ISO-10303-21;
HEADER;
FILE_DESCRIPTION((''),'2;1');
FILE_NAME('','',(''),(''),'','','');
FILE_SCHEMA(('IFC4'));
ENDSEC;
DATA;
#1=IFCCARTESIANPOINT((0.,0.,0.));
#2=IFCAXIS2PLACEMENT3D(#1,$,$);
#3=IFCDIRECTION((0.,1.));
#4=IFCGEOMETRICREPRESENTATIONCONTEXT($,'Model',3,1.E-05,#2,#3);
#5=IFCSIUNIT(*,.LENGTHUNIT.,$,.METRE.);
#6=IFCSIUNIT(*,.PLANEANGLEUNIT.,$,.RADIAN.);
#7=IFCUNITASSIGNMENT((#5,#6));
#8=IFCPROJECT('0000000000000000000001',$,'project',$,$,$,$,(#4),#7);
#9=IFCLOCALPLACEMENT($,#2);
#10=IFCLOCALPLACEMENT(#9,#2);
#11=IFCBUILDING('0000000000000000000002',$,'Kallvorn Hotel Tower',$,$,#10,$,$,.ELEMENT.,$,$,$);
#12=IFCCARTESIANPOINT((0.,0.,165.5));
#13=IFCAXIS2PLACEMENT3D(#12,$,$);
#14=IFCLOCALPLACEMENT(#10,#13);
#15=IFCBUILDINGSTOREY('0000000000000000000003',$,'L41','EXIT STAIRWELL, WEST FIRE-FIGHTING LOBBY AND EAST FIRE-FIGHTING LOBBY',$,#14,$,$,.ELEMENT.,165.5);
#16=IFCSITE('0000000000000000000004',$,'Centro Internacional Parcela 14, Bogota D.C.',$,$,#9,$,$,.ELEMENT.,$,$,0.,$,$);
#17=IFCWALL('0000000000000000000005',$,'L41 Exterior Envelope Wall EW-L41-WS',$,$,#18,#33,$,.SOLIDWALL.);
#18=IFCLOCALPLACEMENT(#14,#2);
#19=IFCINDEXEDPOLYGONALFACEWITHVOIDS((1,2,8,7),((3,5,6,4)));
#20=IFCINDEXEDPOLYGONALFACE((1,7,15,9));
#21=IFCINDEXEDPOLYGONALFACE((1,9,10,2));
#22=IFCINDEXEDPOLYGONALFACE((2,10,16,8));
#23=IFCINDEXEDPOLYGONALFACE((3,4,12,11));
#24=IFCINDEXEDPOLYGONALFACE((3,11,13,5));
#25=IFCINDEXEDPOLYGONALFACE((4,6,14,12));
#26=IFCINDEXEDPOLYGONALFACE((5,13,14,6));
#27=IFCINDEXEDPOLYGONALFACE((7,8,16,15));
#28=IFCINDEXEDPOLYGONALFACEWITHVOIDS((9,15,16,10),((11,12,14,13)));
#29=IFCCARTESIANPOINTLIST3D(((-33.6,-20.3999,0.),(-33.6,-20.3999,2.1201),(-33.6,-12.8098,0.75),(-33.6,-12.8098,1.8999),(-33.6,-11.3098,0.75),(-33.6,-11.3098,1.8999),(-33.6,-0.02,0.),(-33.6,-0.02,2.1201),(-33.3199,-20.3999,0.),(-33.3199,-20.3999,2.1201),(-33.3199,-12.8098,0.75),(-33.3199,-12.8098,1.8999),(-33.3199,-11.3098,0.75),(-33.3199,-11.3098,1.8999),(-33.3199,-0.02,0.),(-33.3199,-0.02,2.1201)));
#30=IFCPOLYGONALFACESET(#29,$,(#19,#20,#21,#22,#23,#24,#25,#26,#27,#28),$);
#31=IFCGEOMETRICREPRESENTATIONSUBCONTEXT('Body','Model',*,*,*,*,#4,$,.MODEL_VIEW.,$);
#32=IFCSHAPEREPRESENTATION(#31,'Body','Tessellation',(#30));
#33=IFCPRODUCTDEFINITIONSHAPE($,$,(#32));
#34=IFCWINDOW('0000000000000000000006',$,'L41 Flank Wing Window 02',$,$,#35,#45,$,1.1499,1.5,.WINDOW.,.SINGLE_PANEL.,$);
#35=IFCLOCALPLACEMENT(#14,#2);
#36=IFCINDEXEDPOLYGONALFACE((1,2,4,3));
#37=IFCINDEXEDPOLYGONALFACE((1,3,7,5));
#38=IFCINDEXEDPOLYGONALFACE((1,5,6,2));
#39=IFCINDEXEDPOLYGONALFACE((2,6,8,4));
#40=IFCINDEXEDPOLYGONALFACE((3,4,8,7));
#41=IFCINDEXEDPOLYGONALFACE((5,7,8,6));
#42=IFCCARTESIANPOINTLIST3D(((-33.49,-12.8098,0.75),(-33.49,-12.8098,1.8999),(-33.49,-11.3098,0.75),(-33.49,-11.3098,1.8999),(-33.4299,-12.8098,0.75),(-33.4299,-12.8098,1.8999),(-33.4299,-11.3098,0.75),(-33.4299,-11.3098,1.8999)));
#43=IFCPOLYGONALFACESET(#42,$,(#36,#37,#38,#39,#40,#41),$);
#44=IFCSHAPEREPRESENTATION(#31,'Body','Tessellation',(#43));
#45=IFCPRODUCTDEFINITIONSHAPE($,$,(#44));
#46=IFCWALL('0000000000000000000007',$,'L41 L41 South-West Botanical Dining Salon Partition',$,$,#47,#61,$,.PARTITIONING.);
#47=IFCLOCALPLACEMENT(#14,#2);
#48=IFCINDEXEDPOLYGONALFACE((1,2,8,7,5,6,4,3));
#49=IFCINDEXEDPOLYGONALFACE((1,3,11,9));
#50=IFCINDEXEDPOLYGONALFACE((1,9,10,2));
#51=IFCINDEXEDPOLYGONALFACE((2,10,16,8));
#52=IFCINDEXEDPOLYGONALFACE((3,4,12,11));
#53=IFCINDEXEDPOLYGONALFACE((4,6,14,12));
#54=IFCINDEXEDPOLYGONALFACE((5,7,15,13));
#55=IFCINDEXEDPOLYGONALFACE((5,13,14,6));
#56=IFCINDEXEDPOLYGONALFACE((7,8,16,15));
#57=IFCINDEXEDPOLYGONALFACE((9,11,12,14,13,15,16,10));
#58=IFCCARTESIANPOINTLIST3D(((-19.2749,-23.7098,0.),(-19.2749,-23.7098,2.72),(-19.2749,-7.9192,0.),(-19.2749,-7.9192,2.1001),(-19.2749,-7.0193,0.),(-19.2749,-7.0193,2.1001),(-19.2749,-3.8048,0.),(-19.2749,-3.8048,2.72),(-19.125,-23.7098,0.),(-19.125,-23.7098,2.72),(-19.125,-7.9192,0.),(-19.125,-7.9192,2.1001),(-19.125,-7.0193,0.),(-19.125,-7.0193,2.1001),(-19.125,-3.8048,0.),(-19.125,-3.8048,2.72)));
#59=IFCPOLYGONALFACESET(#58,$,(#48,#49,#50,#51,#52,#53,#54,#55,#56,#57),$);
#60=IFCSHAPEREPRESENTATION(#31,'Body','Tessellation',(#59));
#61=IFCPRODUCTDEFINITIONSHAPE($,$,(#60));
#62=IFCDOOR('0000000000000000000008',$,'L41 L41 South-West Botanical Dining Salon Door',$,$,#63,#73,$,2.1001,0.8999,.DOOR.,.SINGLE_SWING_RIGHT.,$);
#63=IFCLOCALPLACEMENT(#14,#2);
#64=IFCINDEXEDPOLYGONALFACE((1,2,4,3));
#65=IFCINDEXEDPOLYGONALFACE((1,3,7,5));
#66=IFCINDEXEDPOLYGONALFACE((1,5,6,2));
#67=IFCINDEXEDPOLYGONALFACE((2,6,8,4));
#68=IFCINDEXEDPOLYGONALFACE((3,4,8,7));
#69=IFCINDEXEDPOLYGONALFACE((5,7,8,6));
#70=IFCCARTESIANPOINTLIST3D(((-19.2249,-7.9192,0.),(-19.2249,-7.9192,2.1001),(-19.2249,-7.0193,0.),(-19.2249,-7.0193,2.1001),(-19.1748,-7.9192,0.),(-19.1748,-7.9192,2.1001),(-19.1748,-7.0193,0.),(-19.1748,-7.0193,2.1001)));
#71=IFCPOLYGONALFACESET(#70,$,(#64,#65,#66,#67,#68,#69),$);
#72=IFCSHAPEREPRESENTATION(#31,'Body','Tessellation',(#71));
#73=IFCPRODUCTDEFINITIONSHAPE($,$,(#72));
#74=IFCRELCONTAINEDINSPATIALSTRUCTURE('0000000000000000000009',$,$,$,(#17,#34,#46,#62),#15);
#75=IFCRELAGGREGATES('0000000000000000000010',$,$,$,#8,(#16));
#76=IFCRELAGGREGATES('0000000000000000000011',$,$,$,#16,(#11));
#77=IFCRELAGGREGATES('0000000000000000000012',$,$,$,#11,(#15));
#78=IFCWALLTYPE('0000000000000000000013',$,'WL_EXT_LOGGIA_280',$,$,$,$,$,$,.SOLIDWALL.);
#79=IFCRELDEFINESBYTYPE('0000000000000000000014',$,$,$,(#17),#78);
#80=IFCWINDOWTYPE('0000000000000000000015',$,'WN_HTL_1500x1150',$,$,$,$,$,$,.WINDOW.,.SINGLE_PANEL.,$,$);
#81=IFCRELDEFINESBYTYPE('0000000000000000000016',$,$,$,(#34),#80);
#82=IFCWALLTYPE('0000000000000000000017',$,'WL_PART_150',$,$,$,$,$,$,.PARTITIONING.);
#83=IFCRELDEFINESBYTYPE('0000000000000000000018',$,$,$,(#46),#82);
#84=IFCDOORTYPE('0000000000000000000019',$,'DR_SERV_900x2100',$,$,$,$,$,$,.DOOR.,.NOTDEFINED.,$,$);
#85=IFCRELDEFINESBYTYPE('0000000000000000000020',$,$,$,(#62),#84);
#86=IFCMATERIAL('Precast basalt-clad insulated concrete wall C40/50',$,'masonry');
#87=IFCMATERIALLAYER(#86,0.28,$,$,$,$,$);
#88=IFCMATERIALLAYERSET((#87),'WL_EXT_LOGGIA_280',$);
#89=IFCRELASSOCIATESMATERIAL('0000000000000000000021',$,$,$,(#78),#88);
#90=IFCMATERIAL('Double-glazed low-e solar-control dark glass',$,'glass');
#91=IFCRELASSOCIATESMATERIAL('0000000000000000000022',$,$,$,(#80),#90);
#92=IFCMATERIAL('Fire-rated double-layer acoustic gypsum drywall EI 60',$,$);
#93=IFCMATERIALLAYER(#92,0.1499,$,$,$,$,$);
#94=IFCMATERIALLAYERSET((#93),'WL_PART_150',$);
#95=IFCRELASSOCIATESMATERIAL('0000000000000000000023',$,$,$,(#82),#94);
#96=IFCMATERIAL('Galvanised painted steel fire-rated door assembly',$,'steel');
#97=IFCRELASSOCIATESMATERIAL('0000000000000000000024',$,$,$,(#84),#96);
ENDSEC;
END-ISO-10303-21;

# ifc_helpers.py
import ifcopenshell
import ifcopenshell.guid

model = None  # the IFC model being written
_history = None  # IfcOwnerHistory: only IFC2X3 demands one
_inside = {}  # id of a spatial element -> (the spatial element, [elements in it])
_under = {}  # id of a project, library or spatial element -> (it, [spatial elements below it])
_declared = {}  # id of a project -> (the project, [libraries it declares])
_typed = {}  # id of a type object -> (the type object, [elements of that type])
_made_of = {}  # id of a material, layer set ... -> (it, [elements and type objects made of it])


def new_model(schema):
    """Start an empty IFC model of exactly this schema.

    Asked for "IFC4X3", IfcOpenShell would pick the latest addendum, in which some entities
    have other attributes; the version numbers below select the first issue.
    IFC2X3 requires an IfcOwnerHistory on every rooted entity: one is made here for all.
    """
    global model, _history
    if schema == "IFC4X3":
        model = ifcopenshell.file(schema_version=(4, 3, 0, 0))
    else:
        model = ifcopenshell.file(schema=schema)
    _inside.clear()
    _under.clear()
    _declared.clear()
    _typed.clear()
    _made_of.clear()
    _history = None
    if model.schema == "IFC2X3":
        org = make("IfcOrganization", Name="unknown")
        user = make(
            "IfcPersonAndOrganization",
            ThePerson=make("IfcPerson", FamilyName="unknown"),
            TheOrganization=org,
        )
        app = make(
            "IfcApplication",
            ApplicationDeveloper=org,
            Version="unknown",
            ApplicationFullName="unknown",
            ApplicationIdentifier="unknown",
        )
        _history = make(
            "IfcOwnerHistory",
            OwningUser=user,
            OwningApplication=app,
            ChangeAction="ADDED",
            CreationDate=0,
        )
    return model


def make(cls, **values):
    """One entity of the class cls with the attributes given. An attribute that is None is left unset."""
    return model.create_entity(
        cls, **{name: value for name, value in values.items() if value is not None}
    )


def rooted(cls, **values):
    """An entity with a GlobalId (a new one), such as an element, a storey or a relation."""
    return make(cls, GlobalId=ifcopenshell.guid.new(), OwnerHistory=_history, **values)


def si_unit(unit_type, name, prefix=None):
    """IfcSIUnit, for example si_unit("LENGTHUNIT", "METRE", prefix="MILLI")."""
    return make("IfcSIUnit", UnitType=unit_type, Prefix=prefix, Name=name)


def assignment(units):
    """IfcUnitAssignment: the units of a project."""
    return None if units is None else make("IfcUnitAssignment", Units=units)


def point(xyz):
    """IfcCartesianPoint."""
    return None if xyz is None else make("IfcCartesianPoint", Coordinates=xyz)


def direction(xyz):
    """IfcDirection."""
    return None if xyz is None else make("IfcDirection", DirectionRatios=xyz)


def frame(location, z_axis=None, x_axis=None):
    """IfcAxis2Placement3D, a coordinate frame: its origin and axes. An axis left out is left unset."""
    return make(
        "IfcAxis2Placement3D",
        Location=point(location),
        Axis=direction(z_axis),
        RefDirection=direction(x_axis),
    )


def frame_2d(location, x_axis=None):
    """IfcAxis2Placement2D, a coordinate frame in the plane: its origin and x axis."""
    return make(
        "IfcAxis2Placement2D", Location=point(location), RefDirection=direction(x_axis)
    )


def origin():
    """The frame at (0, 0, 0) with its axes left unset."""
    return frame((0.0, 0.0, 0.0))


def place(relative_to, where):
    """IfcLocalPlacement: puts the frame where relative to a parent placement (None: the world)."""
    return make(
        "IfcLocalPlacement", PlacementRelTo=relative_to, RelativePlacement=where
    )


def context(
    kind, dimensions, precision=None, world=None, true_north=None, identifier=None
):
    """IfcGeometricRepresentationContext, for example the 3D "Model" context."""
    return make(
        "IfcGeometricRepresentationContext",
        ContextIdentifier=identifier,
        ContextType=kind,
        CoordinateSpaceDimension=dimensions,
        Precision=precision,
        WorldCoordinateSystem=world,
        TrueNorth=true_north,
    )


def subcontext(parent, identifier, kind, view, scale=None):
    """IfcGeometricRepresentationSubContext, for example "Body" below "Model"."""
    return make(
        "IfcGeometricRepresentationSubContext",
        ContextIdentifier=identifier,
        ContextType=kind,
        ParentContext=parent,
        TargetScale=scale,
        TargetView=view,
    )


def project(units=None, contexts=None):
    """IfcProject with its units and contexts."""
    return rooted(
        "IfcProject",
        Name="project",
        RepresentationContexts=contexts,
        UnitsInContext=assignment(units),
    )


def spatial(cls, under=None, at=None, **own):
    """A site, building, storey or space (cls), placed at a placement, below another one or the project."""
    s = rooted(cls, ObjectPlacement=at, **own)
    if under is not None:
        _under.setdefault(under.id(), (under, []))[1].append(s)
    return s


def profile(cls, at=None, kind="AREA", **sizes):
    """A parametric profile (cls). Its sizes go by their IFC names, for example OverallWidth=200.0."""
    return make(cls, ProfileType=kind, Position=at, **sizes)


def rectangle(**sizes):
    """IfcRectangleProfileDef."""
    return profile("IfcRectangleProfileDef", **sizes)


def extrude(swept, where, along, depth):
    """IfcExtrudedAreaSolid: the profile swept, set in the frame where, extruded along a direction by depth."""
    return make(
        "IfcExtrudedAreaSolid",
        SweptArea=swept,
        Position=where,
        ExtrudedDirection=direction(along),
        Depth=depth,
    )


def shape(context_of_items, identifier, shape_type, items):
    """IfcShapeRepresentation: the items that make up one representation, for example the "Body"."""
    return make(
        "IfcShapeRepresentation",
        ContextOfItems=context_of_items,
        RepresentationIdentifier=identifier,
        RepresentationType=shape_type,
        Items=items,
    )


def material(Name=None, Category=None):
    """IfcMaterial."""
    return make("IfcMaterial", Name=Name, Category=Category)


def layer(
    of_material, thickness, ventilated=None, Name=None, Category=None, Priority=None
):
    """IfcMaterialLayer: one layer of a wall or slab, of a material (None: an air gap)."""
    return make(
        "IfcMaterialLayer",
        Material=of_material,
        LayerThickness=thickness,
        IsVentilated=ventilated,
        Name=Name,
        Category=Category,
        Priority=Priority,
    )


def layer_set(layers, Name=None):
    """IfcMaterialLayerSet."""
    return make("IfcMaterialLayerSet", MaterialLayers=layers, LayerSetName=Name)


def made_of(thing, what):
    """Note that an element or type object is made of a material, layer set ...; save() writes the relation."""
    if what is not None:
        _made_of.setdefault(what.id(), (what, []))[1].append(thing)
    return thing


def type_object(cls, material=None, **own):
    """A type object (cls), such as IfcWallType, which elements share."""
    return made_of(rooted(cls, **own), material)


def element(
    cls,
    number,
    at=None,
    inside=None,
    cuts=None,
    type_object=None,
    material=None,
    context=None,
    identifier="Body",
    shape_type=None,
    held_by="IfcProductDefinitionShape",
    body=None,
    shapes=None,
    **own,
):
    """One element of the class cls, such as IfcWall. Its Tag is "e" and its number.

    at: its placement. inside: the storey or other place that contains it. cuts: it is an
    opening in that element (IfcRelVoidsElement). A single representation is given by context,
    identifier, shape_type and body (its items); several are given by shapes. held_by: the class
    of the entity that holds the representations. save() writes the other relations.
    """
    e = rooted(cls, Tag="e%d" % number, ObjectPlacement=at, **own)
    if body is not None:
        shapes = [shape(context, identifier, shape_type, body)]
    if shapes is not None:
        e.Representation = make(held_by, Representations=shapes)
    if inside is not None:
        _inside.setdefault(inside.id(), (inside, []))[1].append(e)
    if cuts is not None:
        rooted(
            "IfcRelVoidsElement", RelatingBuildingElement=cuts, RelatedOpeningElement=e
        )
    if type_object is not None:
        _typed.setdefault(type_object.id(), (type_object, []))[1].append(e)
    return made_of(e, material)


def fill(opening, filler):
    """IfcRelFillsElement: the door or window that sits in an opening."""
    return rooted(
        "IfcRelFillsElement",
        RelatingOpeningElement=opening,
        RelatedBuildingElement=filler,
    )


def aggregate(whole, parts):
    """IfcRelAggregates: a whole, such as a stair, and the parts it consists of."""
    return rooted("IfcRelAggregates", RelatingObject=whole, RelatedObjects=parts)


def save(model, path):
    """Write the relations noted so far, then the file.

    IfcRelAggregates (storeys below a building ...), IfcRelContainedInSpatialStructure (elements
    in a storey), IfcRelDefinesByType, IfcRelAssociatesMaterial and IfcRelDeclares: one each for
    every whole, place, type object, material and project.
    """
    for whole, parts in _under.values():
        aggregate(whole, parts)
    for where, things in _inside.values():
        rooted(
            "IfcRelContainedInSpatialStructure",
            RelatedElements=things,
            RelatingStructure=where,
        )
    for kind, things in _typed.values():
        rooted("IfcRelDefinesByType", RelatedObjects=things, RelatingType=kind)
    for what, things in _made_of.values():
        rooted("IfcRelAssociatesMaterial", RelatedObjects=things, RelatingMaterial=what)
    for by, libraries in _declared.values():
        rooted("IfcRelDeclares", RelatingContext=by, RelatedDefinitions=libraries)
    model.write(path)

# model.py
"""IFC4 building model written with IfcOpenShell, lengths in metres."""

from ifc_helpers import new_model, si_unit, direction, frame, frame_2d, origin, place, context, subcontext, project, spatial, rectangle, extrude, material, layer, layer_set, type_object, element, fill, save


model = new_model("IFC4")

# Units and contexts
model_context = context("Model", 3, precision=1e-05, world=origin(), true_north=direction((0.0, 1.0)))
body_context = subcontext(model_context, "Body", "Model", "MODEL_VIEW")
ifc_project = project(units=[si_unit("LENGTHUNIT", "METRE"), si_unit("PLANEANGLEUNIT", "RADIAN")], contexts=[model_context])

# Site, building, storey
site_placement = place(None, origin())
site = spatial("IfcSite", under=ifc_project, at=site_placement, Name="Centro Internacional Parcela 14, Bogota D.C.", CompositionType="ELEMENT", RefElevation=0.0)
building_placement = place(site_placement, origin())
building = spatial("IfcBuilding", under=site, at=building_placement, Name="Kallvorn Hotel Tower", CompositionType="ELEMENT")
storey_placement = place(building_placement, frame((0.0, 0.0, 165.5)))
storey = spatial("IfcBuildingStorey", under=building, at=storey_placement, Name="L41", Description="EXIT STAIRWELL, WEST FIRE-FIGHTING LOBBY AND EAST FIRE-FIGHTING LOBBY", CompositionType="ELEMENT", Elevation=165.5)

# Shared definitions
ifc_material_1 = material(Name="Precast basalt-clad insulated concrete wall C40/50", Category="masonry")
ifc_layer_1 = layer(ifc_material_1, 0.28)
ifc_layer_set_1 = layer_set([ifc_layer_1], Name="WL_EXT_LOGGIA_280")
wall_type_1 = type_object("IfcWallType", Name="WL_EXT_LOGGIA_280", PredefinedType="SOLIDWALL", material=ifc_layer_set_1)

# Wall, opening, window
ifc_material_2 = material(Name="Double-glazed low-e solar-control dark glass", Category="glass")
window_type = type_object("IfcWindowType", Name="WN_HTL_1500x1150", PartitioningType="SINGLE_PANEL", PredefinedType="WINDOW", material=ifc_material_2)
wall_1_placement = place(storey_placement, frame((-33.46, -20.3999, 0.0), z_axis=(0.0, 0.0, 1.0), x_axis=(0.0, 1.0, 0.0)))
wall_1 = element("IfcWall", 1, at=wall_1_placement, inside=storey, type_object=wall_type_1, Name="L41 Exterior Envelope Wall EW-L41-WS", PredefinedType="SOLIDWALL", context=body_context, shape_type="SweptSolid", body=[
    extrude(rectangle(XDim=20.3799, YDim=0.28, at=frame_2d((10.1899, 0.0))), origin(), (0.0, 0.0, 1.0), 2.1201),
])
opening_1_placement = place(wall_1_placement, frame((7.5901, 0.0, 0.75)))
opening_1 = element("IfcOpeningElement", 2, at=opening_1_placement, cuts=wall_1, PredefinedType="OPENING", context=body_context, shape_type="SweptSolid", body=[
    extrude(rectangle(XDim=1.5, YDim=1.1499, at=frame_2d((0.75, 0.575))), frame((0.0, 0.155, 0.0), z_axis=(0.0, -1.0, 0.0), x_axis=(1.0, 0.0, 0.0)), (0.0, 0.0, 1.0), 0.3101),
])
window_1_placement = place(opening_1_placement, origin())
window_1 = element("IfcWindow", 3, at=window_1_placement, inside=storey, type_object=window_type, Name="L41 Flank Wing Window 02", OverallHeight=1.1499, OverallWidth=1.5, PartitioningType="SINGLE_PANEL", PredefinedType="WINDOW", context=body_context, shape_type="SweptSolid", body=[
    extrude(rectangle(XDim=1.5, YDim=1.1499, at=frame_2d((0.75, 0.575))), frame((0.0, 0.03, 0.0), z_axis=(0.0, -1.0, 0.0), x_axis=(1.0, 0.0, 0.0)), (0.0, 0.0, 1.0), 0.0601),
])
fill(opening_1, window_1)

# Wall, opening, door
ifc_material_3 = material(Name="Fire-rated double-layer acoustic gypsum drywall EI 60")
ifc_layer_2 = layer(ifc_material_3, 0.1499)
ifc_layer_set_2 = layer_set([ifc_layer_2], Name="WL_PART_150")
wall_type_2 = type_object("IfcWallType", Name="WL_PART_150", PredefinedType="PARTITIONING", material=ifc_layer_set_2)
wall_2_placement = place(storey_placement, frame((-19.2, -23.71, 0.0), z_axis=(0.0, 0.0, 1.0), x_axis=(0.0, 1.0, 0.0)))
wall_2 = element("IfcWall", 4, at=wall_2_placement, inside=storey, type_object=wall_type_2, Name="L41 L41 South-West Botanical Dining Salon Partition", PredefinedType="PARTITIONING", context=body_context, shape_type="SweptSolid", body=[
    extrude(rectangle(XDim=19.905, YDim=0.1499, at=frame_2d((9.9526, 0.0))), origin(), (0.0, 0.0, 1.0), 2.72),
])
opening_2_placement = place(wall_2_placement, frame((15.7908, 0.0, 0.0)))
opening_2 = element("IfcOpeningElement", 5, at=opening_2_placement, cuts=wall_2, PredefinedType="OPENING", context=body_context, shape_type="SweptSolid", body=[
    extrude(rectangle(XDim=0.8999, YDim=2.1001, at=frame_2d((0.45, 1.05))), frame((0.0, 0.0898, 0.0), z_axis=(0.0, -1.0, 0.0), x_axis=(1.0, 0.0, 0.0)), (0.0, 0.0, 1.0), 0.1799),
])
ifc_material_4 = material(Name="Galvanised painted steel fire-rated door assembly", Category="steel")
door_type = type_object("IfcDoorType", Name="DR_SERV_900x2100", OperationType="NOTDEFINED", PredefinedType="DOOR", material=ifc_material_4)
door_placement = place(opening_2_placement, origin())
door = element("IfcDoor", 6, at=door_placement, inside=storey, type_object=door_type, Name="L41 L41 South-West Botanical Dining Salon Door", OperationType="SINGLE_SWING_RIGHT", OverallHeight=2.1001, OverallWidth=0.8999, PredefinedType="DOOR", context=body_context, shape_type="SweptSolid", body=[
    extrude(rectangle(XDim=0.8999, YDim=2.1001, at=frame_2d((0.45, 1.05))), frame((0.0, 0.0249, 0.0), z_axis=(0.0, -1.0, 0.0), x_axis=(1.0, 0.0, 0.0)), (0.0, 0.0, 1.0), 0.05),
])
fill(opening_2, door)

save(model, "model.ifc")
